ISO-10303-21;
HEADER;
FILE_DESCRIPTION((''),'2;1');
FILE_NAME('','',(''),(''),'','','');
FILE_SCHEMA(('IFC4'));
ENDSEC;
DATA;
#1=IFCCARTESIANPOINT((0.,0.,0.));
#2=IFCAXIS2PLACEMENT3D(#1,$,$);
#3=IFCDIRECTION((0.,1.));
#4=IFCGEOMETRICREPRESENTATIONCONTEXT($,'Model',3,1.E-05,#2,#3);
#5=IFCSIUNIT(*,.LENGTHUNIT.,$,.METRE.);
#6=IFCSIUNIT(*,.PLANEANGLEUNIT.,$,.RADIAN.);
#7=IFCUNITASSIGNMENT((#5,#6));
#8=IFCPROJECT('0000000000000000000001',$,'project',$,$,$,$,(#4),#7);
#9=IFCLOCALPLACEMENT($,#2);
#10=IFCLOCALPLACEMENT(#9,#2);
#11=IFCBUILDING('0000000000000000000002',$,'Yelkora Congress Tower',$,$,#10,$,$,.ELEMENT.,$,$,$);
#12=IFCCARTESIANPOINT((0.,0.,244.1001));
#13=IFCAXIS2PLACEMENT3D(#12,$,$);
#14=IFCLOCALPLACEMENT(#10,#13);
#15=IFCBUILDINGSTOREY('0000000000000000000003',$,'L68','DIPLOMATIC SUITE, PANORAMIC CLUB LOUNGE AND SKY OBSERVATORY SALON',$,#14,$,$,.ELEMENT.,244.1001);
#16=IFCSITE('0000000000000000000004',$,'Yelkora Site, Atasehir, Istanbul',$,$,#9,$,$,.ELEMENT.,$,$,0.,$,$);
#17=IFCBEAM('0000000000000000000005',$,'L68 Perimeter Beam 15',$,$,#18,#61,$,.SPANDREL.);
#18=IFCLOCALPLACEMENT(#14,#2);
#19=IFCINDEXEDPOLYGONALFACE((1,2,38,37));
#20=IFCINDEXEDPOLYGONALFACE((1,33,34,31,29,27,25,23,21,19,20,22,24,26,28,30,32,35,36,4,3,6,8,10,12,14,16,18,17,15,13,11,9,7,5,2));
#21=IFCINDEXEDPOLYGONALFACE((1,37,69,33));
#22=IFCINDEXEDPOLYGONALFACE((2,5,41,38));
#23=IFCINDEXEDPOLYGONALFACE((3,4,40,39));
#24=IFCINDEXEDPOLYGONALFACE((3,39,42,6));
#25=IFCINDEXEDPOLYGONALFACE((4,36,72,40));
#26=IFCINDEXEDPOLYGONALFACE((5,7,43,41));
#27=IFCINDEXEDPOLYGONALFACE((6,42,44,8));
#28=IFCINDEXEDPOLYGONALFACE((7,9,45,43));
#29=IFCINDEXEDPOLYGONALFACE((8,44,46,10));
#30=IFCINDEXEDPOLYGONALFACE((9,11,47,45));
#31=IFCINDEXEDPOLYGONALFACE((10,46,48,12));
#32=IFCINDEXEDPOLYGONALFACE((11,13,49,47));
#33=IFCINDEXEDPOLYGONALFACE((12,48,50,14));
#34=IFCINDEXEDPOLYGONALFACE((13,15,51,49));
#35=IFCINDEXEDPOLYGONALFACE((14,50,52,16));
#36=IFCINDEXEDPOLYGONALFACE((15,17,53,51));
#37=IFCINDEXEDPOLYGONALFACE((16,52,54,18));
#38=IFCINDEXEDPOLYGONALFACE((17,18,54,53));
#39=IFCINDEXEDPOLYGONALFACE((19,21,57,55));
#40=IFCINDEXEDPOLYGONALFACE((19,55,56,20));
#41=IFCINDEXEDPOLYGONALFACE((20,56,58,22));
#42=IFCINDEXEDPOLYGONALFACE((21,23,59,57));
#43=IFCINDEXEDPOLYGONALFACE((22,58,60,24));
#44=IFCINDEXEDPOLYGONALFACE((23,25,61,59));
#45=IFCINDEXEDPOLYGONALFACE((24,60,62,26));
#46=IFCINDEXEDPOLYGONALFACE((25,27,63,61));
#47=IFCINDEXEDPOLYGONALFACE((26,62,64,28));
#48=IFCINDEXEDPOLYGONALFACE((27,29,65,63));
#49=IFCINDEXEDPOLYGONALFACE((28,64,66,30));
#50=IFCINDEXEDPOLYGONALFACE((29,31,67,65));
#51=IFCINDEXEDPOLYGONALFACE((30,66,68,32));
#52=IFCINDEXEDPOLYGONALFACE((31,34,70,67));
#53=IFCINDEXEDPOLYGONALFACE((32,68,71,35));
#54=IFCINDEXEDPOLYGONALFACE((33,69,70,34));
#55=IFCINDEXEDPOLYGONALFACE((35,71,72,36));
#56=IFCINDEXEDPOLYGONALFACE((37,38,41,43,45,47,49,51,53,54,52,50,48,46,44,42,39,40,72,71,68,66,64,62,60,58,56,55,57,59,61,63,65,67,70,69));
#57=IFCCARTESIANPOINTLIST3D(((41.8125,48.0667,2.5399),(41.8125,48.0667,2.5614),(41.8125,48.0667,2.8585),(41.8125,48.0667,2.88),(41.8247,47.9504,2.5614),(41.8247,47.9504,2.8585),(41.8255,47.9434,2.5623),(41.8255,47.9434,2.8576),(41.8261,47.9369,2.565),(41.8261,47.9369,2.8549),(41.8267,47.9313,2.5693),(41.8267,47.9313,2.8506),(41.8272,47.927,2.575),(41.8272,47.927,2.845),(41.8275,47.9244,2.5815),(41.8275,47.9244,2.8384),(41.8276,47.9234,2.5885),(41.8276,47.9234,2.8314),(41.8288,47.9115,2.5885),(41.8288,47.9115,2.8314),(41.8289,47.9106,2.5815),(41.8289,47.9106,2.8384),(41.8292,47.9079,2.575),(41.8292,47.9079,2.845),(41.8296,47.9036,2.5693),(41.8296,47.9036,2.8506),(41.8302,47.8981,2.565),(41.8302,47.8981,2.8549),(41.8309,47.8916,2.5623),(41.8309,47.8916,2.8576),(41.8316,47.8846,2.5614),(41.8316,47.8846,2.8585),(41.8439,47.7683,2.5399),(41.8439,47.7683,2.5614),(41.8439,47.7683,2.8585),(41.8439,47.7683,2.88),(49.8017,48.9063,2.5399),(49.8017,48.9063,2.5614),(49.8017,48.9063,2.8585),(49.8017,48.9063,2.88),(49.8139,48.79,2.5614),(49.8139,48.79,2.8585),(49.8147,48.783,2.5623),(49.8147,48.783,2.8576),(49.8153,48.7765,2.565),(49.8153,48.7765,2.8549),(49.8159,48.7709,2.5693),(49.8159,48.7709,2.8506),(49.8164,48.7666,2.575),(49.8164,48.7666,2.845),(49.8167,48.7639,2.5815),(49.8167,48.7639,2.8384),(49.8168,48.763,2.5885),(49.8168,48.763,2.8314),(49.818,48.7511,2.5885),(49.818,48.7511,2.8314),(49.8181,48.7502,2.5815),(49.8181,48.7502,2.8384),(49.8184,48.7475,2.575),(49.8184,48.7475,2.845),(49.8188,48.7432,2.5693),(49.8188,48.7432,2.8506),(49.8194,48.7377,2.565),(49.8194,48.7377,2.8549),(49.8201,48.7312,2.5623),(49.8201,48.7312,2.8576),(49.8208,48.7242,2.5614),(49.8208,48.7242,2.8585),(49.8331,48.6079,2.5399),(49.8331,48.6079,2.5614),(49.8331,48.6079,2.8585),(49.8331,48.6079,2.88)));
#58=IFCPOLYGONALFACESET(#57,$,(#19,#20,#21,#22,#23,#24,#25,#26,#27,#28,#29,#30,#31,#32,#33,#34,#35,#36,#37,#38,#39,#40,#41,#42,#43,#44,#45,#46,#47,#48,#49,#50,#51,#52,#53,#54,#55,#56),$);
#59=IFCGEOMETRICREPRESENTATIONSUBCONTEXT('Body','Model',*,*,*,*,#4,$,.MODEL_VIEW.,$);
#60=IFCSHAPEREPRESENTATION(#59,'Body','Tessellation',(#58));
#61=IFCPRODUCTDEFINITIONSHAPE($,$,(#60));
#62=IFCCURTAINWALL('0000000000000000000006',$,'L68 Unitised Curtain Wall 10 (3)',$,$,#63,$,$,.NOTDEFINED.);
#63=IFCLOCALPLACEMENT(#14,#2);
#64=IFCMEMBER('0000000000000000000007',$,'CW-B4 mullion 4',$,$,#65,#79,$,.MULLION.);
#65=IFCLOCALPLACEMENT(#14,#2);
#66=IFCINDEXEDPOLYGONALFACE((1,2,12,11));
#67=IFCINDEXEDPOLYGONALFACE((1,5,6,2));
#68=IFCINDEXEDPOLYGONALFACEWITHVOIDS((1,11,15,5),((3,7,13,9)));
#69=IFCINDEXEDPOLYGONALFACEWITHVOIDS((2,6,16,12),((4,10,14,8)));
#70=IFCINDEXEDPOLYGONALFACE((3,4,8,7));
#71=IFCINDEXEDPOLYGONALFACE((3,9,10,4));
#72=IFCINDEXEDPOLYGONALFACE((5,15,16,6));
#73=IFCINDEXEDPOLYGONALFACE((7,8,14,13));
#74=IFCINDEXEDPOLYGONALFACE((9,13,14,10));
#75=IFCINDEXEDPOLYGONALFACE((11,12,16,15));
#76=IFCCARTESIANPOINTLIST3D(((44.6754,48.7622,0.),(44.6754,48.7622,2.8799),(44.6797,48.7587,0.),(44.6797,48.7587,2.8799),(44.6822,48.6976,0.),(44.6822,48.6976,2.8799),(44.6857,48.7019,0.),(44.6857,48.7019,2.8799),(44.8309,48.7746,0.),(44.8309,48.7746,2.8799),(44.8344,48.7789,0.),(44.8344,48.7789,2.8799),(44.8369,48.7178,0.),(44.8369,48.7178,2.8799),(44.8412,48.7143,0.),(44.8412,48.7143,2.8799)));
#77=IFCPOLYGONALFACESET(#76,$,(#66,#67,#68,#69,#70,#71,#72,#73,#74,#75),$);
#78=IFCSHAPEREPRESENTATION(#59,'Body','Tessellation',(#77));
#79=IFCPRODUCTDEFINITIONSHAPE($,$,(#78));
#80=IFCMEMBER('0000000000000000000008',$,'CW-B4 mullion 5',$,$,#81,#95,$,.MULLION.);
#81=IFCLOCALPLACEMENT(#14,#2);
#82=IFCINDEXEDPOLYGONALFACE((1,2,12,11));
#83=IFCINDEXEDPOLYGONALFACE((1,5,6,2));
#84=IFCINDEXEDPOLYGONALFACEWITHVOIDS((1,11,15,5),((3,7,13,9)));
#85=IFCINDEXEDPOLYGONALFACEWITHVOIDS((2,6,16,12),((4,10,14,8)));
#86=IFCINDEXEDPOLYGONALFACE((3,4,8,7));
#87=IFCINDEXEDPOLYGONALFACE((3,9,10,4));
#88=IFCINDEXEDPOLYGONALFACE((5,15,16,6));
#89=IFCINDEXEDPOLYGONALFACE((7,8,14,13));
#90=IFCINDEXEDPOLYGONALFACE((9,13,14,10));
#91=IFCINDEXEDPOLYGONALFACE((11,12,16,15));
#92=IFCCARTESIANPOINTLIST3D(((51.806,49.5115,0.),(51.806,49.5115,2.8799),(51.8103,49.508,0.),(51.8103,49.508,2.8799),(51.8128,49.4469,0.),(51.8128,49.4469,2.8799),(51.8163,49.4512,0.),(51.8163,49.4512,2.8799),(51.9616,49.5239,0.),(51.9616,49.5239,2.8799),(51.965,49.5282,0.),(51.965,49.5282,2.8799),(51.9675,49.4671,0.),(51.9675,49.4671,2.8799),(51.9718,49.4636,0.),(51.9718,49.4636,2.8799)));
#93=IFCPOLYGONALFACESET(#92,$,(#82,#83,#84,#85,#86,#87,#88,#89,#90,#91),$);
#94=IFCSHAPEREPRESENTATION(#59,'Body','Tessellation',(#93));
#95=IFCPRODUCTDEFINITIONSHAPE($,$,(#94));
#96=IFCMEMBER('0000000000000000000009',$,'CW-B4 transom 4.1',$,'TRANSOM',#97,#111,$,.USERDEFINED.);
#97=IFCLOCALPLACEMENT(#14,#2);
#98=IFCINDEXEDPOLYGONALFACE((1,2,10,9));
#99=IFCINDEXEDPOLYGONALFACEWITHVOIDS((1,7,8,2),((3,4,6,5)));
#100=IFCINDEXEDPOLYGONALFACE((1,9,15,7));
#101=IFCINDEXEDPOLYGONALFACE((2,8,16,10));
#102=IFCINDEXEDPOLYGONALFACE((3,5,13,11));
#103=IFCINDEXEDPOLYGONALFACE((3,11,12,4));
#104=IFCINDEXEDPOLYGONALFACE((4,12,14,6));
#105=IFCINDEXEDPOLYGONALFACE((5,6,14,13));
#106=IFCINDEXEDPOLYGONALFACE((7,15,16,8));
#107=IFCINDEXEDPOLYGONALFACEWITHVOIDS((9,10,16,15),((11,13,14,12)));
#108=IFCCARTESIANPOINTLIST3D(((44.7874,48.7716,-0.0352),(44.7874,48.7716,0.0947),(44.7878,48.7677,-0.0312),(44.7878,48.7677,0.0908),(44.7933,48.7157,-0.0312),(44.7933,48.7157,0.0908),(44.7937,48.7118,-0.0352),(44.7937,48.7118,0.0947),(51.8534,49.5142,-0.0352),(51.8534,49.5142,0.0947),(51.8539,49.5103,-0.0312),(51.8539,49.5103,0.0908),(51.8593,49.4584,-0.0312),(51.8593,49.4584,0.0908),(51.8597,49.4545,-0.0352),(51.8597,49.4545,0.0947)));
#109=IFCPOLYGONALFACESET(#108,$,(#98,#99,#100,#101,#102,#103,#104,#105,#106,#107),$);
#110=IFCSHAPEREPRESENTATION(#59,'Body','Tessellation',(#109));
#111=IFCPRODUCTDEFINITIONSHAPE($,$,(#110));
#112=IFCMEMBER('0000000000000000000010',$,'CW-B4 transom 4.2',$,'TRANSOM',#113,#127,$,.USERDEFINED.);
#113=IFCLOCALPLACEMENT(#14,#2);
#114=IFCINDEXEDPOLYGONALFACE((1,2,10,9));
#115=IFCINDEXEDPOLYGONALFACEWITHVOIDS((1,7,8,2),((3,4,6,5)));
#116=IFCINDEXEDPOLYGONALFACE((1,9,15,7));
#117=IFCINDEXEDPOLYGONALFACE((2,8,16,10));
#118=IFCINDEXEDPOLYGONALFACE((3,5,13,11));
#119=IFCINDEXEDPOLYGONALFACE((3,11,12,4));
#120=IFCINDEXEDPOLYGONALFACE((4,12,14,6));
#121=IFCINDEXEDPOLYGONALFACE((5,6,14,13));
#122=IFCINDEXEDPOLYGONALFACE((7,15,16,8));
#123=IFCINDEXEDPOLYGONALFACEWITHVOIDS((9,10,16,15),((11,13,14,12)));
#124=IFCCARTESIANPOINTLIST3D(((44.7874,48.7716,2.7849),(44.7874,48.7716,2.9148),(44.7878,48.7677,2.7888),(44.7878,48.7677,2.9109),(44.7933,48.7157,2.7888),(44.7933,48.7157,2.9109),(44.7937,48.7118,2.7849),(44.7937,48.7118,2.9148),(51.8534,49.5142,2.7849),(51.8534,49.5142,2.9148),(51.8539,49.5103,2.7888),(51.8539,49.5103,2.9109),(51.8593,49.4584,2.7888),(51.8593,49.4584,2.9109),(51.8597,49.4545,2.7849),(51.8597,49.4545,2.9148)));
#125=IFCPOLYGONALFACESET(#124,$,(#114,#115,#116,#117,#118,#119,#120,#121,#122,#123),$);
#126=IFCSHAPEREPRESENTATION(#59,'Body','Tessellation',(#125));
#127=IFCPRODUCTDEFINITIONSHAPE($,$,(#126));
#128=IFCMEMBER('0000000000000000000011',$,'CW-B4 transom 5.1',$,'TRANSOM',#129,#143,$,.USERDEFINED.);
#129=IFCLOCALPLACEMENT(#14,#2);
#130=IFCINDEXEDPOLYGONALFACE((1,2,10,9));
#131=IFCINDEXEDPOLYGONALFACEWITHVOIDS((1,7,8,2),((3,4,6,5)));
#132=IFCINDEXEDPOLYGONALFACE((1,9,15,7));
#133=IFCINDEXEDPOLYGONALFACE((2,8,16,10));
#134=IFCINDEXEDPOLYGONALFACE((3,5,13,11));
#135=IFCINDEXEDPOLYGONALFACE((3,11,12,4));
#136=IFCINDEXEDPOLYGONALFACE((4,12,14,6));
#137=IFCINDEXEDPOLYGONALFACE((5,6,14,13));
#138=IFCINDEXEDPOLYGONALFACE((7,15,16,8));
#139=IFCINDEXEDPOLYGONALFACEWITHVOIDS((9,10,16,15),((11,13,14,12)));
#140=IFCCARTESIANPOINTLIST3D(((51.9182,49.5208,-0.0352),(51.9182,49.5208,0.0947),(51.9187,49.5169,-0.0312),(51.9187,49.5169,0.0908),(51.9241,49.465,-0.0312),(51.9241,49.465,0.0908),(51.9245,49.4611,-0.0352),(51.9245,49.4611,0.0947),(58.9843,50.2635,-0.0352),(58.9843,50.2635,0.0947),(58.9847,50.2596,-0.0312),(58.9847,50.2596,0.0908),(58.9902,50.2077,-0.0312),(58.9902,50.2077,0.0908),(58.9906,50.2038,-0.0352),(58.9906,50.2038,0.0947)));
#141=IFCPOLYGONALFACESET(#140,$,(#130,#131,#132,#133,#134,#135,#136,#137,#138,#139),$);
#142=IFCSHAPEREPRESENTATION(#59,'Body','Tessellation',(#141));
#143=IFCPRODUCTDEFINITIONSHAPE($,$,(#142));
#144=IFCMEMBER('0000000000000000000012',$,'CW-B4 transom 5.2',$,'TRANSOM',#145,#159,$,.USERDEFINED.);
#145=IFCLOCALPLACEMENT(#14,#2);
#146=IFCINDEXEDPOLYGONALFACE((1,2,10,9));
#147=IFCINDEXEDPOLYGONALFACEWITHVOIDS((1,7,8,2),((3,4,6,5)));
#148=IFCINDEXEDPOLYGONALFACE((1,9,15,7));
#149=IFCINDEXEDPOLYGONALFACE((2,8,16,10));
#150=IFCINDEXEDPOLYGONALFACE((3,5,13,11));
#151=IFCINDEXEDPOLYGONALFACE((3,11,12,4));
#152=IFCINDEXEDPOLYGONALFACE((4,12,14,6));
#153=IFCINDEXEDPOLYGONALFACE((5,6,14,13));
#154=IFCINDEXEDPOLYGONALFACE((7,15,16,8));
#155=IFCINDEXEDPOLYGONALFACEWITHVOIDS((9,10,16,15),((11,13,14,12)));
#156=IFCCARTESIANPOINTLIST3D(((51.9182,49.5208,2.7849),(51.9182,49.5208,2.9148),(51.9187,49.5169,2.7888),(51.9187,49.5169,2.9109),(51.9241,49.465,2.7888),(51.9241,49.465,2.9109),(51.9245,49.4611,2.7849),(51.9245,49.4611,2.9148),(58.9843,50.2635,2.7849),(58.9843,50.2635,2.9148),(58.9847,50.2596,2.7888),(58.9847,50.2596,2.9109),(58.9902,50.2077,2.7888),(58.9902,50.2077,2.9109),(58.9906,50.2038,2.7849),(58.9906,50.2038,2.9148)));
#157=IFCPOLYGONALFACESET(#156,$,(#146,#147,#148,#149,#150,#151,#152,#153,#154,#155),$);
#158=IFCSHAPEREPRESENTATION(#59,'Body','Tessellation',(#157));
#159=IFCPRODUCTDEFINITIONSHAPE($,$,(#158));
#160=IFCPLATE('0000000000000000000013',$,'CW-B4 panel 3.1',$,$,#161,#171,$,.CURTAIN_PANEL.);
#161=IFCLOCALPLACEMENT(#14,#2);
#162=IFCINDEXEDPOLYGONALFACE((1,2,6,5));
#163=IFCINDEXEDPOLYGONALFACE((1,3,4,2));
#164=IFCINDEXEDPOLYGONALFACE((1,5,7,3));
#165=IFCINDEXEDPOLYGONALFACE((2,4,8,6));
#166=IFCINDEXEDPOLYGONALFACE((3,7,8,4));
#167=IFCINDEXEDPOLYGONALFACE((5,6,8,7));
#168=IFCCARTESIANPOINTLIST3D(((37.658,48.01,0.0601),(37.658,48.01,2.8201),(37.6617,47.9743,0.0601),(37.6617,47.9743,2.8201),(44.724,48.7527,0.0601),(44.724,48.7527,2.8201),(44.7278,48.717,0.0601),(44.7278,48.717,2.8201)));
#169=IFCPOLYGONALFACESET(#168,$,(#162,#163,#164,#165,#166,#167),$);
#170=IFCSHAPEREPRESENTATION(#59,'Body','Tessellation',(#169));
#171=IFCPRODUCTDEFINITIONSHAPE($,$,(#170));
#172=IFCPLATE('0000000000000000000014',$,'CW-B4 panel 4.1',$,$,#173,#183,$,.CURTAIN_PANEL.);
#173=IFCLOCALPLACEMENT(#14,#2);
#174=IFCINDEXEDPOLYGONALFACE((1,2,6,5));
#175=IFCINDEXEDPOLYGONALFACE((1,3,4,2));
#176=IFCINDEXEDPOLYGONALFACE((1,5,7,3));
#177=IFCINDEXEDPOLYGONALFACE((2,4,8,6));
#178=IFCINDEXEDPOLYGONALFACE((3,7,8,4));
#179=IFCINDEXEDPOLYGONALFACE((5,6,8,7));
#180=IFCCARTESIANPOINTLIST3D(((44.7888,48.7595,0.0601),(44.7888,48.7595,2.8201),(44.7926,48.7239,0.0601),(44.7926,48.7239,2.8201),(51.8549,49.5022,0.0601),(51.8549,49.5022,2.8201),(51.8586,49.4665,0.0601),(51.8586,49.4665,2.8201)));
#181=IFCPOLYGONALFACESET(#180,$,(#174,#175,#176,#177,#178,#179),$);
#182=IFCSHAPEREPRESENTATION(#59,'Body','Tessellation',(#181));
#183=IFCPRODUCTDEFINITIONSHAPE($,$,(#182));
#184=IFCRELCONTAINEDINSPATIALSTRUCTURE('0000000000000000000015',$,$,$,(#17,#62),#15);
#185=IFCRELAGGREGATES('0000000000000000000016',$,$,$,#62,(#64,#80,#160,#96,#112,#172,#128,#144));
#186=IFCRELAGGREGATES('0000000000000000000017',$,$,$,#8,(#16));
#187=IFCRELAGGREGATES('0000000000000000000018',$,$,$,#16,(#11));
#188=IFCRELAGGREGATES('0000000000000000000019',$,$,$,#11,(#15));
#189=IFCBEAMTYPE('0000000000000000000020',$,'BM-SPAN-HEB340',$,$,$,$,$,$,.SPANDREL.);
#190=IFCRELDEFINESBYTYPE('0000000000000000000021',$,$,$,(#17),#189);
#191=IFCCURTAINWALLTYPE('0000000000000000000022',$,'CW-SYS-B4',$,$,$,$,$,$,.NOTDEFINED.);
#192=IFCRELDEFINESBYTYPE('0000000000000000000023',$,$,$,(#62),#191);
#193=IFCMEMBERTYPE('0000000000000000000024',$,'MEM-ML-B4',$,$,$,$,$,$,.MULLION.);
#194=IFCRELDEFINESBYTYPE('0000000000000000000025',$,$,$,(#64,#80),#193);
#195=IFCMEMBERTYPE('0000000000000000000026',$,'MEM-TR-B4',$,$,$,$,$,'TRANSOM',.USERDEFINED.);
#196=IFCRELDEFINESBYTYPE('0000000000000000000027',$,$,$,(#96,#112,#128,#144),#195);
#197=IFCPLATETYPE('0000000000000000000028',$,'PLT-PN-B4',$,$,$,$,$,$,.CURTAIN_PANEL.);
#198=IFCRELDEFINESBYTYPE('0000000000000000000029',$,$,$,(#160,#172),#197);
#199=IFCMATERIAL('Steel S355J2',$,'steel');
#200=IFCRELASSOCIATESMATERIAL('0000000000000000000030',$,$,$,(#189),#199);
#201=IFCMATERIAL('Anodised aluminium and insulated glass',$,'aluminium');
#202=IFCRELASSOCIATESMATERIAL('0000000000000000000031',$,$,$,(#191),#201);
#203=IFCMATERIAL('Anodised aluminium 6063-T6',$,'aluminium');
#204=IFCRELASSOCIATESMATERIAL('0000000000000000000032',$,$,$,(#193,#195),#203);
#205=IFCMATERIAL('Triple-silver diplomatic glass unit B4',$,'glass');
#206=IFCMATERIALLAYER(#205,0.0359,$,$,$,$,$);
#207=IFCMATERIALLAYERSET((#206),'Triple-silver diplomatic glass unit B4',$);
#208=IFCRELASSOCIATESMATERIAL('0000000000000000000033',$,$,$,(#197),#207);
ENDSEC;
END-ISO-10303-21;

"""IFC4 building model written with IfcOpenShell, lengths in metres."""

from ifc_helpers import new_model, si_unit, direction, frame, origin, origin_2d, place, context, subcontext, project, spatial, rectangle, hollow_rectangle, i_section, extrude, material, layer, layer_set, material_profile, profile_set, type_object, element, aggregate, save


model = new_model("IFC4")

# Units and contexts
model_context = context("Model", 3, precision=1e-05, world=origin(), true_north=direction((0.0, 1.0)))
body_context = subcontext(model_context, "Body", "Model", "MODEL_VIEW")
ifc_project = project(units=[si_unit("LENGTHUNIT", "METRE"), si_unit("PLANEANGLEUNIT", "RADIAN")], contexts=[model_context])

# Site, building, storey
site_placement = place(None, origin())
site = spatial("IfcSite", under=ifc_project, at=site_placement, Name="Yelkora Site, Atasehir, Istanbul", CompositionType="ELEMENT", RefElevation=0.0)
building_placement = place(site_placement, origin())
building = spatial("IfcBuilding", under=site, at=building_placement, Name="Yelkora Congress Tower", CompositionType="ELEMENT")
storey_placement = place(building_placement, frame((0.0, 0.0, 244.1001)))
storey = spatial("IfcBuildingStorey", under=building, at=storey_placement, Name="L68", Description="DIPLOMATIC SUITE, PANORAMIC CLUB LOUNGE AND SKY OBSERVATORY SALON", CompositionType="ELEMENT", Elevation=244.1001)

# Shared definitions
ifc_material_1 = material(Name="Steel S355J2", Category="steel")

# Beam
ifc_material_profile_1 = material_profile(ifc_material_1, i_section(OverallWidth=0.3, OverallDepth=0.3401, WebThickness=0.012, FlangeThickness=0.0215, FilletRadius=0.0271, at=origin_2d()), Name="HEB 340")
ifc_profile_set_1 = profile_set([ifc_material_profile_1], Name="Steel S355J2")
beam_type_1 = type_object("IfcBeamType", Name="BM-SPAN-HEB340", PredefinedType="SPANDREL", material=ifc_profile_set_1)
beam_1_placement = place(storey_placement, frame((49.8174, 48.7571, 2.71), z_axis=(-0.994523, -0.104516, 0.0), x_axis=(0.104516, -0.994523, 0.0)))
element("IfcBeam", 1, at=beam_1_placement, inside=storey, type_object=beam_type_1, Name="L68 Perimeter Beam 15", PredefinedType="SPANDREL", context=body_context, shape_type="SweptSolid", body=[
    extrude(i_section(OverallWidth=0.3, OverallDepth=0.3401, WebThickness=0.012, FlangeThickness=0.0215, FilletRadius=0.0271, at=origin_2d()), origin(), (0.0, 0.0, 1.0), 8.0332),
])

# Curtain wall, members, plates
ifc_material_2 = material(Name="Anodised aluminium and insulated glass", Category="aluminium")
curtain_wall_type = type_object("IfcCurtainWallType", Name="CW-SYS-B4", PredefinedType="NOTDEFINED", material=ifc_material_2)
curtain_wall_placement = place(storey_placement, origin())
curtain_wall = element("IfcCurtainWall", 2, at=curtain_wall_placement, inside=storey, type_object=curtain_wall_type, Name="L68 Unitised Curtain Wall 10 (3)", PredefinedType="NOTDEFINED")
ifc_material_3 = material(Name="Anodised aluminium 6063-T6", Category="aluminium")
ifc_material_profile_2 = material_profile(ifc_material_3, hollow_rectangle(XDim=0.0649, YDim=0.1599, WallThickness=0.0039, at=origin_2d()), Name="ALU 65x160x4")
ifc_profile_set_2 = profile_set([ifc_material_profile_2], Name="Anodised aluminium 6063-T6")
member_type_1 = type_object("IfcMemberType", Name="MEM-ML-B4", PredefinedType="MULLION", material=ifc_profile_set_2)
member_1_placement = place(storey_placement, frame((44.7583, 48.7383, 0.0), z_axis=(0.0, 0.0, 1.0), x_axis=(-0.104528, 0.994522, 0.0)))
member_1 = element("IfcMember", 3, at=member_1_placement, type_object=member_type_1, Name="CW-B4 mullion 4", PredefinedType="MULLION", context=body_context, shape_type="SweptSolid", body=[
    extrude(hollow_rectangle(XDim=0.0649, YDim=0.1599, WallThickness=0.0039, at=origin_2d()), origin(), (0.0, 0.0, 1.0), 2.8799),
])
member_2_placement = place(storey_placement, frame((51.8889, 49.4875, 0.0), z_axis=(0.0, 0.0, 1.0), x_axis=(-0.104528, 0.994522, 0.0)))
member_2 = element("IfcMember", 4, at=member_2_placement, type_object=member_type_1, Name="CW-B4 mullion 5", PredefinedType="MULLION", context=body_context, shape_type="SweptSolid", body=[
    extrude(hollow_rectangle(XDim=0.0649, YDim=0.1599, WallThickness=0.0039, at=origin_2d()), origin(), (0.0, 0.0, 1.0), 2.8799),
])
ifc_material_profile_3 = material_profile(ifc_material_3, hollow_rectangle(XDim=0.0601, YDim=0.1299, WallThickness=0.0039, at=origin_2d()), Name="ALU 60x130x4")
ifc_profile_set_3 = profile_set([ifc_material_profile_3], Name="Anodised aluminium 6063-T6")
member_type_2 = type_object("IfcMemberType", Name="MEM-TR-B4", ElementType="TRANSOM", PredefinedType="USERDEFINED", material=ifc_profile_set_3)
member_3_placement = place(storey_placement, frame((44.7905, 48.7417, 0.0298), z_axis=(0.994522, 0.104527, 0.0), x_axis=(-0.104527, 0.994522, 0.0)))
member_3 = element("IfcMember", 5, at=member_3_placement, type_object=member_type_2, Name="CW-B4 transom 4.1", ObjectType="TRANSOM", PredefinedType="USERDEFINED", context=body_context, shape_type="SweptSolid", body=[
    extrude(hollow_rectangle(XDim=0.0601, YDim=0.1299, WallThickness=0.0039, at=origin_2d()), origin(), (0.0, 0.0, 1.0), 7.105),
])
member_4_placement = place(storey_placement, frame((44.7905, 48.7417, 2.8499), z_axis=(0.994522, 0.104527, 0.0), x_axis=(-0.104527, 0.994522, 0.0)))
member_4 = element("IfcMember", 6, at=member_4_placement, type_object=member_type_2, Name="CW-B4 transom 4.2", ObjectType="TRANSOM", PredefinedType="USERDEFINED", context=body_context, shape_type="SweptSolid", body=[
    extrude(hollow_rectangle(XDim=0.0601, YDim=0.1299, WallThickness=0.0039, at=origin_2d()), origin(), (0.0, 0.0, 1.0), 7.105),
])
member_5_placement = place(storey_placement, frame((51.9214, 49.491, 0.0298), z_axis=(0.994522, 0.104527, 0.0), x_axis=(-0.104527, 0.994522, 0.0)))
member_5 = element("IfcMember", 7, at=member_5_placement, type_object=member_type_2, Name="CW-B4 transom 5.1", ObjectType="TRANSOM", PredefinedType="USERDEFINED", context=body_context, shape_type="SweptSolid", body=[
    extrude(hollow_rectangle(XDim=0.0601, YDim=0.1299, WallThickness=0.0039, at=origin_2d()), origin(), (0.0, 0.0, 1.0), 7.105),
])
member_6_placement = place(storey_placement, frame((51.9214, 49.491, 2.8499), z_axis=(0.994522, 0.104527, 0.0), x_axis=(-0.104527, 0.994522, 0.0)))
member_6 = element("IfcMember", 8, at=member_6_placement, type_object=member_type_2, Name="CW-B4 transom 5.2", ObjectType="TRANSOM", PredefinedType="USERDEFINED", context=body_context, shape_type="SweptSolid", body=[
    extrude(hollow_rectangle(XDim=0.0601, YDim=0.1299, WallThickness=0.0039, at=origin_2d()), origin(), (0.0, 0.0, 1.0), 7.105),
])
ifc_material_4 = material(Name="Triple-silver diplomatic glass unit B4", Category="glass")
ifc_layer_1 = layer(ifc_material_4, 0.0359)
ifc_layer_set_1 = layer_set([ifc_layer_1], Name="Triple-silver diplomatic glass unit B4")
plate_type = type_object("IfcPlateType", Name="PLT-PN-B4", PredefinedType="CURTAIN_PANEL", material=ifc_layer_set_1)
plate_1_placement = place(storey_placement, frame((41.1929, 48.3635, 0.0601), z_axis=(0.0, 0.0, 1.0), x_axis=(0.994522, 0.104528, 0.0)))
plate_1 = element("IfcPlate", 9, at=plate_1_placement, type_object=plate_type, Name="CW-B4 panel 3.1", PredefinedType="CURTAIN_PANEL", context=body_context, shape_type="SweptSolid", body=[
    extrude(rectangle(XDim=7.105, YDim=0.0359, at=origin_2d()), origin(), (0.0, 0.0, 1.0), 2.76),
])
plate_2_placement = place(storey_placement, frame((48.3237, 49.113, 0.0601), z_axis=(0.0, 0.0, 1.0), x_axis=(0.994522, 0.104528, 0.0)))
plate_2 = element("IfcPlate", 10, at=plate_2_placement, type_object=plate_type, Name="CW-B4 panel 4.1", PredefinedType="CURTAIN_PANEL", context=body_context, shape_type="SweptSolid", body=[
    extrude(rectangle(XDim=7.105, YDim=0.0359, at=origin_2d()), origin(), (0.0, 0.0, 1.0), 2.76),
])
aggregate(curtain_wall, [member_1, member_2, plate_1, member_3, member_4, plate_2, member_5, member_6])

save(model, "model.ifc")
